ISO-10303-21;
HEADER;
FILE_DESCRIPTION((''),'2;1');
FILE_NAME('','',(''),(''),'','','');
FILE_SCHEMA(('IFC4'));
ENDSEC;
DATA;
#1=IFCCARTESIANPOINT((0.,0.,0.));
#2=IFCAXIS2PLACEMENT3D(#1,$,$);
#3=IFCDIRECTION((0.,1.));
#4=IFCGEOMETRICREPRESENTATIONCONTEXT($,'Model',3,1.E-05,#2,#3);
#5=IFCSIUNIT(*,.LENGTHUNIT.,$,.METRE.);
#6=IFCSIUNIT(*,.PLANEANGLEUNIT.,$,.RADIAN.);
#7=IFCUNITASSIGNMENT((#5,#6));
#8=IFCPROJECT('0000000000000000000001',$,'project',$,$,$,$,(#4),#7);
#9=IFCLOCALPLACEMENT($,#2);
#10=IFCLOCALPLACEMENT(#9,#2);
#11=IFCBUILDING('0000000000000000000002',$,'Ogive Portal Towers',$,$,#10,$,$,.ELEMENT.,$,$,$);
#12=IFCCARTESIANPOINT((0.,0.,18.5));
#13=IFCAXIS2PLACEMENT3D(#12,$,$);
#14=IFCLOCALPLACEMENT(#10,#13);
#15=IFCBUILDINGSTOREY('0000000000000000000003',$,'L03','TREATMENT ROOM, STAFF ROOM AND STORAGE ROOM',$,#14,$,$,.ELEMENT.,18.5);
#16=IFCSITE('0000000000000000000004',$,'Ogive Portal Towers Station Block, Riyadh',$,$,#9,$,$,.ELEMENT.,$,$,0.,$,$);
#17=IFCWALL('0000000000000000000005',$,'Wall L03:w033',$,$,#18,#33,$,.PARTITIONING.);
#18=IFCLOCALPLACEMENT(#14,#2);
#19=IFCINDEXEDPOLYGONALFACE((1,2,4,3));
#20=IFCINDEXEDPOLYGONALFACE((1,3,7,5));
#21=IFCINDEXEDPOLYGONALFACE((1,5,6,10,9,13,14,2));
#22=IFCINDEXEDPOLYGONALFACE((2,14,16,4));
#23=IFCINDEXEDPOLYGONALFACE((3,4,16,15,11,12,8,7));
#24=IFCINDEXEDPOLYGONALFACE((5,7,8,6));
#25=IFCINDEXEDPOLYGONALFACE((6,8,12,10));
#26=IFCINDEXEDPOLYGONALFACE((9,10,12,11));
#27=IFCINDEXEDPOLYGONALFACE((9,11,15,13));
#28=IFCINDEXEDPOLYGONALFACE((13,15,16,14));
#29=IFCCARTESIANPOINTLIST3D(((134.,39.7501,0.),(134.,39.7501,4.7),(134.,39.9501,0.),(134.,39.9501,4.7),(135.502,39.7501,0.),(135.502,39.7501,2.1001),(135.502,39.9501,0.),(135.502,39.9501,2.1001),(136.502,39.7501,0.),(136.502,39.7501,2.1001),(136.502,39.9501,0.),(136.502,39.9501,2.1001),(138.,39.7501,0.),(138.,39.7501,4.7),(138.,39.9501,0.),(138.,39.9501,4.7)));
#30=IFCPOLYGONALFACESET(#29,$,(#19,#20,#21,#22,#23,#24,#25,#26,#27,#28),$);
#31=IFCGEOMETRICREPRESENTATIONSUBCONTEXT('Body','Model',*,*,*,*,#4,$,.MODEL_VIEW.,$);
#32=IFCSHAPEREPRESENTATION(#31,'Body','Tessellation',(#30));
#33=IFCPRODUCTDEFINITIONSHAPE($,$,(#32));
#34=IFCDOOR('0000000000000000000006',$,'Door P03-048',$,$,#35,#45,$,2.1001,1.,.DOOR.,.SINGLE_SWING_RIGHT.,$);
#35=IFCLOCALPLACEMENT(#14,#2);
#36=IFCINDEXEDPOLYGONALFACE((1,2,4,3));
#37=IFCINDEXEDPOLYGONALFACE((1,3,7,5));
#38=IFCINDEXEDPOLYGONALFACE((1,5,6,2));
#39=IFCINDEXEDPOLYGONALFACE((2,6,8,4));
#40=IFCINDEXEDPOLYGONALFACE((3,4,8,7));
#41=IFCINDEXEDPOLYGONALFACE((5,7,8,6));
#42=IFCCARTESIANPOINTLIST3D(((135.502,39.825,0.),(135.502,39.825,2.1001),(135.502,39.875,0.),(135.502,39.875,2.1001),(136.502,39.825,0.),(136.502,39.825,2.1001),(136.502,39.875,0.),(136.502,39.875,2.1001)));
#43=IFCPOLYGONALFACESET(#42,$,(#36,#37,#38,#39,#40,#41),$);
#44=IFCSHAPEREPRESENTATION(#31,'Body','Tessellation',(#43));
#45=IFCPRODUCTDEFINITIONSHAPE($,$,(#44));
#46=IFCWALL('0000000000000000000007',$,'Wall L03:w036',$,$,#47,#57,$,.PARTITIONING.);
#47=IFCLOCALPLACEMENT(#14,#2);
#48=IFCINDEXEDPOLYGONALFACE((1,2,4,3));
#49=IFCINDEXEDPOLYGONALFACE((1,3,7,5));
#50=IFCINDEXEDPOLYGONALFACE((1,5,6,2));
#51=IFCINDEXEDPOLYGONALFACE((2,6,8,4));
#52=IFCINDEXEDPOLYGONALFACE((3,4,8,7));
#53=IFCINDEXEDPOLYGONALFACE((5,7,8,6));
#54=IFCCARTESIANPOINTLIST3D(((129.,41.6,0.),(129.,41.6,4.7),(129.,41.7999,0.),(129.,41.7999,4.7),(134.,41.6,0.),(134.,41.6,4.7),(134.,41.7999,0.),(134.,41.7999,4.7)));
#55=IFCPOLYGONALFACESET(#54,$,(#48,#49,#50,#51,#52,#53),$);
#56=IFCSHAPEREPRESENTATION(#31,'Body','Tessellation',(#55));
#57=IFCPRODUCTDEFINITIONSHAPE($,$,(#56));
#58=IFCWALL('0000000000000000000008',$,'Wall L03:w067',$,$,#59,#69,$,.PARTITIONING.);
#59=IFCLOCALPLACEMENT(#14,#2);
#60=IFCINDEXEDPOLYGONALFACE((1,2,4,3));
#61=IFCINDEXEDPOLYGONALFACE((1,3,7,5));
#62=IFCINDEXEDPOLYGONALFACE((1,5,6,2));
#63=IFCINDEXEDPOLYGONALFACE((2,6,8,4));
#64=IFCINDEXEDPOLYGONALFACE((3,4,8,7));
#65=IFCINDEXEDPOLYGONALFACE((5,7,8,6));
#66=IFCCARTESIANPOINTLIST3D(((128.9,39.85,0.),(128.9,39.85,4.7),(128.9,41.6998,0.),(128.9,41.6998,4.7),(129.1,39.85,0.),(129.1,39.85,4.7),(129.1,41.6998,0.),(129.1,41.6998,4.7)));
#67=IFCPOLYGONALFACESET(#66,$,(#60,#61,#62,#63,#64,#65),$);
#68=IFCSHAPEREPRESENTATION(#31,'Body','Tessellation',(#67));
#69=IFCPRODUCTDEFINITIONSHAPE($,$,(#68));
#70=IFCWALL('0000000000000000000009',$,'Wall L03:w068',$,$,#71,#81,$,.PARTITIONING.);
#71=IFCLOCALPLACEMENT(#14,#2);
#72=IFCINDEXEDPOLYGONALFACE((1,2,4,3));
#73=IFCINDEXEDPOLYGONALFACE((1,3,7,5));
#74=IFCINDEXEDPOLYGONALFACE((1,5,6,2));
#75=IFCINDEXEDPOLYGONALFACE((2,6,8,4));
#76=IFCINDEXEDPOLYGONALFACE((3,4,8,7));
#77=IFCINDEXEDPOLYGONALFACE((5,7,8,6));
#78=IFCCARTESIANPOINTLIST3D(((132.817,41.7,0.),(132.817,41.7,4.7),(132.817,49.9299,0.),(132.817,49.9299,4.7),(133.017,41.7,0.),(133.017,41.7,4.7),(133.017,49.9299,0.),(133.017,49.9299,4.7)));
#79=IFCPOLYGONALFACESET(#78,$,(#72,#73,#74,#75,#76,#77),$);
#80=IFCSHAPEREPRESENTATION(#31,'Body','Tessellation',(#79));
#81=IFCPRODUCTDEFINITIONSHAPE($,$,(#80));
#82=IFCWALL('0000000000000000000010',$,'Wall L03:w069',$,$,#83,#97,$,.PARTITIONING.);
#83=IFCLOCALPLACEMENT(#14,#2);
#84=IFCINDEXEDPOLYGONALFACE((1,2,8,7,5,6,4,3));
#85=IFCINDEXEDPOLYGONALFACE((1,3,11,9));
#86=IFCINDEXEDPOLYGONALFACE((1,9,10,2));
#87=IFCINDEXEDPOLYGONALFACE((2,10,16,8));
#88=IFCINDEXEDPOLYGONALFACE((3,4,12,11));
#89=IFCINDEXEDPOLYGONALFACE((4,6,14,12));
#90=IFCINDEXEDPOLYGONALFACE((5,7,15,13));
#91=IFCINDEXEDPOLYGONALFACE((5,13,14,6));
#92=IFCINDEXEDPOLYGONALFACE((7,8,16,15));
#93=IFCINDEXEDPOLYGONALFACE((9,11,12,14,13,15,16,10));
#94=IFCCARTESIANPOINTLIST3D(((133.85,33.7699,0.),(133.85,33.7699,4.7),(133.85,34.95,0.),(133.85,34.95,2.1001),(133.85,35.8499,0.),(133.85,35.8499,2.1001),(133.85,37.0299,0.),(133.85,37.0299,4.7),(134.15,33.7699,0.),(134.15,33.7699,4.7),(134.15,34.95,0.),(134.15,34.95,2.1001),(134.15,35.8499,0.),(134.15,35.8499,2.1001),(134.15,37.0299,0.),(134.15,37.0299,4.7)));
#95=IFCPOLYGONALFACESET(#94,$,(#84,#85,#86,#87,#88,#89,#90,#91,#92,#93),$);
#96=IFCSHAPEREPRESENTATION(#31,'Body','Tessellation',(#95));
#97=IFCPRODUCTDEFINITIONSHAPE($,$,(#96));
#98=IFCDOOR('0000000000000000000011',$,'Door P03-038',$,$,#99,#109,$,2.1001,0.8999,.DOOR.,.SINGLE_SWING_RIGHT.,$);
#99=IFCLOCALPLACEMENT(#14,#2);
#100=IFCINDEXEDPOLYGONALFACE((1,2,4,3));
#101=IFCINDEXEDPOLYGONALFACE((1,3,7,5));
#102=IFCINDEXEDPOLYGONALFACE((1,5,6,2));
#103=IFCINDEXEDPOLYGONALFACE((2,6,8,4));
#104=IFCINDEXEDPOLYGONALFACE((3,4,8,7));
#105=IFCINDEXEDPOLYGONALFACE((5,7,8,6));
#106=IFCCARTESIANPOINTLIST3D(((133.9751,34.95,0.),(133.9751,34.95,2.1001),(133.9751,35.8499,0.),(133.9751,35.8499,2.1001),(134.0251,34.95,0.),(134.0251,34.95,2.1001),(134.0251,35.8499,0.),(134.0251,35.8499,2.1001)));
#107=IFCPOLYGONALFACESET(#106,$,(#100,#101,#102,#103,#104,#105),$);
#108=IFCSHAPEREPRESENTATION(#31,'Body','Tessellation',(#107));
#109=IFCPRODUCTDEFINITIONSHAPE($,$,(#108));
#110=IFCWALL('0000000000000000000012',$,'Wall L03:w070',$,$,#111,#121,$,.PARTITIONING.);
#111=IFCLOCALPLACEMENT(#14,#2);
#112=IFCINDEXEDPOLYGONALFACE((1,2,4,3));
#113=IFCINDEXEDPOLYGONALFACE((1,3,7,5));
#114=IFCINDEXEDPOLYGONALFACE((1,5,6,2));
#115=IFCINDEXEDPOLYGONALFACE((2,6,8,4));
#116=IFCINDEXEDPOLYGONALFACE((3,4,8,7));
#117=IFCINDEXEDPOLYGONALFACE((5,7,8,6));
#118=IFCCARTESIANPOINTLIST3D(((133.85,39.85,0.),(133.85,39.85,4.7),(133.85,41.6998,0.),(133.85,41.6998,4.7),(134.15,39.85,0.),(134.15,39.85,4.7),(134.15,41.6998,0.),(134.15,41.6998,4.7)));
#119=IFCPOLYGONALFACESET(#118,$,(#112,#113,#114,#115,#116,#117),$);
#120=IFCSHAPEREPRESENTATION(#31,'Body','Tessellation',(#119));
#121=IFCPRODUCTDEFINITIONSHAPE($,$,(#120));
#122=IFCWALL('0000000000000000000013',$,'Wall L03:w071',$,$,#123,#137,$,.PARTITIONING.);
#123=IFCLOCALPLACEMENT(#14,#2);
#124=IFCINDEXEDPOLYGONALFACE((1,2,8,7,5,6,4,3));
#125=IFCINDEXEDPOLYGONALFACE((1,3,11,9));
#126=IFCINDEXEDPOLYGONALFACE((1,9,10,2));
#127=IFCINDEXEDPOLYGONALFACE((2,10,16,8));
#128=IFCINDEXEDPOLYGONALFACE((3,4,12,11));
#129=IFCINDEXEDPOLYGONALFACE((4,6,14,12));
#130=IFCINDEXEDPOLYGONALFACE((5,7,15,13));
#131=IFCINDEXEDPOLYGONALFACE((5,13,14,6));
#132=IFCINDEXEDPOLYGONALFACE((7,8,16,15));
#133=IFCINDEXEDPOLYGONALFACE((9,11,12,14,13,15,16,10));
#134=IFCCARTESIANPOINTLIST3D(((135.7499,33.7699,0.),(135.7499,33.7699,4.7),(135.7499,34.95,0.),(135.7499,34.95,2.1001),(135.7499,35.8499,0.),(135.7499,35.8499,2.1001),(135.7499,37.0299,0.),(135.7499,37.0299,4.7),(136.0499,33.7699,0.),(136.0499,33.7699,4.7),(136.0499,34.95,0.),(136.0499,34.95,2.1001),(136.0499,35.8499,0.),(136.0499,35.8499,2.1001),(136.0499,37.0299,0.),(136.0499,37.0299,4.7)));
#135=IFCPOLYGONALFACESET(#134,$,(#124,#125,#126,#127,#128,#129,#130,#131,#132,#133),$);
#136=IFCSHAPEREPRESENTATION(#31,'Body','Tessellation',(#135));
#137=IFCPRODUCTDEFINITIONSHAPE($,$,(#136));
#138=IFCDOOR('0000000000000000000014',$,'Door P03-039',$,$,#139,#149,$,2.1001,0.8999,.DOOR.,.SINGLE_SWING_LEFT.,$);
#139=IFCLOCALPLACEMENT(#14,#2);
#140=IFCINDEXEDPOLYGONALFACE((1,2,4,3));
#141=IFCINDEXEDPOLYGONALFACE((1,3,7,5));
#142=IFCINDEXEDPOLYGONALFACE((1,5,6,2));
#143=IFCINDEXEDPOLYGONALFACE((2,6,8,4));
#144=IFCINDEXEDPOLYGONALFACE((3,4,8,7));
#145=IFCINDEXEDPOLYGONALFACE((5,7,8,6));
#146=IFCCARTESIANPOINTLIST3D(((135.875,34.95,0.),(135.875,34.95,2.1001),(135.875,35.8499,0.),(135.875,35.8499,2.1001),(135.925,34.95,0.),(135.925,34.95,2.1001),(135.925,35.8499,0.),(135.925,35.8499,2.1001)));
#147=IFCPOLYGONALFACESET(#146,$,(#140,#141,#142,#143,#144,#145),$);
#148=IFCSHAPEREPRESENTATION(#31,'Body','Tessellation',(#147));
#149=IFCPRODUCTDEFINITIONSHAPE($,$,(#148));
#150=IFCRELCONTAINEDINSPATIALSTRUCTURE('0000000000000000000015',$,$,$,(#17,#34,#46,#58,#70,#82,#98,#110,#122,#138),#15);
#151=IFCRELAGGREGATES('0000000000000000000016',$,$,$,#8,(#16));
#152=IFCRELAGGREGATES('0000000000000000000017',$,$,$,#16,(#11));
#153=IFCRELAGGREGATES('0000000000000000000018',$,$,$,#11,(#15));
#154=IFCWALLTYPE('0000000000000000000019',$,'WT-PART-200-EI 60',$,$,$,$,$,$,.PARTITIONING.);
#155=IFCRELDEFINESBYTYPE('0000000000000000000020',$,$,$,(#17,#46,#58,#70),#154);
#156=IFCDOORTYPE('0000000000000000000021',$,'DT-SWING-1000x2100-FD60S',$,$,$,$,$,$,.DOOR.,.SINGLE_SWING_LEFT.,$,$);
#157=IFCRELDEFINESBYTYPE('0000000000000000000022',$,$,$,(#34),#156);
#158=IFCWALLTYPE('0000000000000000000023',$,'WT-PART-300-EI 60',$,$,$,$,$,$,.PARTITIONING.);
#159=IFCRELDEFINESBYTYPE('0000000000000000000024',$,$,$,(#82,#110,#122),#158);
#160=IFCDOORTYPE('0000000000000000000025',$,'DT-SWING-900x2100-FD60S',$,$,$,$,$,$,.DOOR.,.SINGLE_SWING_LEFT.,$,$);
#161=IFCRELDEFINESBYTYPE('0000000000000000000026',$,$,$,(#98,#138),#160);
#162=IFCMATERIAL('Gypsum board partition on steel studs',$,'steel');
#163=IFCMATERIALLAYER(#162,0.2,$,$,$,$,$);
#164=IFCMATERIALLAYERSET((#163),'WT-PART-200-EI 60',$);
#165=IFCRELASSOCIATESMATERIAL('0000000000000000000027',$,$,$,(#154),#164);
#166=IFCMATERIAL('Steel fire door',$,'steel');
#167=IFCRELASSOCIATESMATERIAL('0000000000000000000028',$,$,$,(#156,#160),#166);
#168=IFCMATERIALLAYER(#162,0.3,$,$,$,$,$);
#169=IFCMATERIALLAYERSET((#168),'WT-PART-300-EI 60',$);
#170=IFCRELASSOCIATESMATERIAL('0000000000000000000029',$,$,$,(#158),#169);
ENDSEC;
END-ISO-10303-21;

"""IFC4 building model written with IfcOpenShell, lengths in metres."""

from ifc_helpers import new_model, si_unit, direction, frame, frame_2d, origin, place, context, subcontext, project, spatial, rectangle, extrude, material, layer, layer_set, type_object, element, fill, save


model = new_model("IFC4")

# Units and contexts
model_context = context("Model", 3, precision=1e-05, world=origin(), true_north=direction((0.0, 1.0)))
body_context = subcontext(model_context, "Body", "Model", "MODEL_VIEW")
ifc_project = project(units=[si_unit("LENGTHUNIT", "METRE"), si_unit("PLANEANGLEUNIT", "RADIAN")], contexts=[model_context])

# Site, building, storey
site_placement = place(None, origin())
site = spatial("IfcSite", under=ifc_project, at=site_placement, Name="Ogive Portal Towers Station Block, Riyadh", CompositionType="ELEMENT", RefElevation=0.0)
building_placement = place(site_placement, origin())
building = spatial("IfcBuilding", under=site, at=building_placement, Name="Ogive Portal Towers", CompositionType="ELEMENT")
storey_placement = place(building_placement, frame((0.0, 0.0, 18.5)))
storey = spatial("IfcBuildingStorey", under=building, at=storey_placement, Name="L03", Description="TREATMENT ROOM, STAFF ROOM AND STORAGE ROOM", CompositionType="ELEMENT", Elevation=18.5)

# Shared definitions
ifc_material_1 = material(Name="Steel fire door", Category="steel")

# Wall, opening, door
ifc_material_2 = material(Name="Gypsum board partition on steel studs", Category="steel")
ifc_layer_1 = layer(ifc_material_2, 0.2)
ifc_layer_set_1 = layer_set([ifc_layer_1], Name="WT-PART-200-EI 60")
wall_type_1 = type_object("IfcWallType", Name="WT-PART-200-EI 60", PredefinedType="PARTITIONING", material=ifc_layer_set_1)
wall_1_placement = place(storey_placement, frame((134.0, 39.8501, 0.0), z_axis=(0.0, 0.0, 1.0), x_axis=(1.0, 0.0, 0.0)))
wall_1 = element("IfcWall", 1, at=wall_1_placement, inside=storey, type_object=wall_type_1, Name="Wall L03:w033", PredefinedType="PARTITIONING", context=body_context, shape_type="SweptSolid", body=[
    extrude(rectangle(XDim=4.0, YDim=0.2, at=frame_2d((2.0, 0.0))), origin(), (0.0, 0.0, 1.0), 4.7),
])
opening_1_placement = place(wall_1_placement, frame((1.502, 0.0, 0.0)))
opening_1 = element("IfcOpeningElement", 2, at=opening_1_placement, cuts=wall_1, PredefinedType="OPENING", context=body_context, shape_type="SweptSolid", body=[
    extrude(rectangle(XDim=1.0, YDim=2.1001, at=frame_2d((0.5, 1.05))), frame((0.0, 0.1099, 0.0), z_axis=(0.0, -1.0, 0.0), x_axis=(1.0, 0.0, 0.0)), (0.0, 0.0, 1.0), 0.22),
])
door_type_1 = type_object("IfcDoorType", Name="DT-SWING-1000x2100-FD60S", OperationType="SINGLE_SWING_LEFT", PredefinedType="DOOR", material=ifc_material_1)
door_1_placement = place(opening_1_placement, origin())
door_1 = element("IfcDoor", 3, at=door_1_placement, inside=storey, type_object=door_type_1, Name="Door P03-048", OperationType="SINGLE_SWING_RIGHT", OverallHeight=2.1001, OverallWidth=1.0, PredefinedType="DOOR", context=body_context, shape_type="SweptSolid", body=[
    extrude(rectangle(XDim=1.0, YDim=2.1001, at=frame_2d((0.5, 1.05))), frame((0.0, 0.0249, 0.0), z_axis=(0.0, -1.0, 0.0), x_axis=(1.0, 0.0, 0.0)), (0.0, 0.0, 1.0), 0.05),
])
fill(opening_1, door_1)

# Walls
wall_2_placement = place(storey_placement, frame((129.0, 41.7, 0.0), z_axis=(0.0, 0.0, 1.0), x_axis=(1.0, 0.0, 0.0)))
element("IfcWall", 4, at=wall_2_placement, inside=storey, type_object=wall_type_1, Name="Wall L03:w036", PredefinedType="PARTITIONING", context=body_context, shape_type="SweptSolid", body=[
    extrude(rectangle(XDim=5.0, YDim=0.2, at=frame_2d((2.5, 0.0))), origin(), (0.0, 0.0, 1.0), 4.7),
])
wall_3_placement = place(storey_placement, frame((129.0, 39.8501, 0.0), z_axis=(0.0, 0.0, 1.0), x_axis=(0.0, 1.0, 0.0)))
element("IfcWall", 5, at=wall_3_placement, inside=storey, type_object=wall_type_1, Name="Wall L03:w067", PredefinedType="PARTITIONING", context=body_context, shape_type="SweptSolid", body=[
    extrude(rectangle(XDim=1.8499, YDim=0.2, at=frame_2d((0.9248, 0.0))), origin(), (0.0, 0.0, 1.0), 4.7),
])
wall_4_placement = place(storey_placement, frame((132.917, 41.7, 0.0), z_axis=(0.0, 0.0, 1.0), x_axis=(0.0, 1.0, 0.0)))
element("IfcWall", 6, at=wall_4_placement, inside=storey, type_object=wall_type_1, Name="Wall L03:w068", PredefinedType="PARTITIONING", context=body_context, shape_type="SweptSolid", body=[
    extrude(rectangle(XDim=8.23, YDim=0.2, at=frame_2d((4.115, 0.0))), origin(), (0.0, 0.0, 1.0), 4.7),
])

# Wall, opening, door
ifc_layer_2 = layer(ifc_material_2, 0.3)
ifc_layer_set_2 = layer_set([ifc_layer_2], Name="WT-PART-300-EI 60")
wall_type_2 = type_object("IfcWallType", Name="WT-PART-300-EI 60", PredefinedType="PARTITIONING", material=ifc_layer_set_2)
wall_5_placement = place(storey_placement, frame((134.0, 33.77, 0.0), z_axis=(0.0, 0.0, 1.0), x_axis=(0.0, 1.0, 0.0)))
wall_5 = element("IfcWall", 7, at=wall_5_placement, inside=storey, type_object=wall_type_2, Name="Wall L03:w069", PredefinedType="PARTITIONING", context=body_context, shape_type="SweptSolid", body=[
    extrude(rectangle(XDim=3.26, YDim=0.3, at=frame_2d((1.6299, 0.0))), origin(), (0.0, 0.0, 1.0), 4.7),
])
opening_2_placement = place(wall_5_placement, frame((1.1799, 0.0, 0.0)))
opening_2 = element("IfcOpeningElement", 8, at=opening_2_placement, cuts=wall_5, PredefinedType="OPENING", context=body_context, shape_type="SweptSolid", body=[
    extrude(rectangle(XDim=0.8999, YDim=2.1001, at=frame_2d((0.45, 1.05))), frame((0.0, 0.1602, 0.0), z_axis=(0.0, -1.0, 0.0), x_axis=(1.0, 0.0, 0.0)), (0.0, 0.0, 1.0), 0.3201),
])
door_type_2 = type_object("IfcDoorType", Name="DT-SWING-900x2100-FD60S", OperationType="SINGLE_SWING_LEFT", PredefinedType="DOOR", material=ifc_material_1)
door_2_placement = place(opening_2_placement, origin())
door_2 = element("IfcDoor", 9, at=door_2_placement, inside=storey, type_object=door_type_2, Name="Door P03-038", OperationType="SINGLE_SWING_RIGHT", OverallHeight=2.1001, OverallWidth=0.8999, PredefinedType="DOOR", context=body_context, shape_type="SweptSolid", body=[
    extrude(rectangle(XDim=0.8999, YDim=2.1001, at=frame_2d((0.45, 1.05))), frame((0.0, 0.0249, 0.0), z_axis=(0.0, -1.0, 0.0), x_axis=(1.0, 0.0, 0.0)), (0.0, 0.0, 1.0), 0.05),
])
fill(opening_2, door_2)

# Wall
wall_6_placement = place(storey_placement, frame((134.0, 39.8501, 0.0), z_axis=(0.0, 0.0, 1.0), x_axis=(0.0, 1.0, 0.0)))
element("IfcWall", 10, at=wall_6_placement, inside=storey, type_object=wall_type_2, Name="Wall L03:w070", PredefinedType="PARTITIONING", context=body_context, shape_type="SweptSolid", body=[
    extrude(rectangle(XDim=1.8499, YDim=0.3, at=frame_2d((0.9248, 0.0))), origin(), (0.0, 0.0, 1.0), 4.7),
])

# Wall, opening, door
wall_7_placement = place(storey_placement, frame((135.8999, 33.77, 0.0), z_axis=(0.0, 0.0, 1.0), x_axis=(0.0, 1.0, 0.0)))
wall_7 = element("IfcWall", 11, at=wall_7_placement, inside=storey, type_object=wall_type_2, Name="Wall L03:w071", PredefinedType="PARTITIONING", context=body_context, shape_type="SweptSolid", body=[
    extrude(rectangle(XDim=3.26, YDim=0.3, at=frame_2d((1.6299, 0.0))), origin(), (0.0, 0.0, 1.0), 4.7),
])
opening_3_placement = place(wall_7_placement, frame((1.1799, 0.0, 0.0)))
opening_3 = element("IfcOpeningElement", 12, at=opening_3_placement, cuts=wall_7, PredefinedType="OPENING", context=body_context, shape_type="SweptSolid", body=[
    extrude(rectangle(XDim=0.8999, YDim=2.1001, at=frame_2d((0.45, 1.05))), frame((0.0, 0.1602, 0.0), z_axis=(0.0, -1.0, 0.0), x_axis=(1.0, 0.0, 0.0)), (0.0, 0.0, 1.0), 0.3201),
])
door_3_placement = place(opening_3_placement, origin())
door_3 = element("IfcDoor", 13, at=door_3_placement, inside=storey, type_object=door_type_2, Name="Door P03-039", OperationType="SINGLE_SWING_LEFT", OverallHeight=2.1001, OverallWidth=0.8999, PredefinedType="DOOR", context=body_context, shape_type="SweptSolid", body=[
    extrude(rectangle(XDim=0.8999, YDim=2.1001, at=frame_2d((0.45, 1.05))), frame((0.0, 0.0249, 0.0), z_axis=(0.0, -1.0, 0.0), x_axis=(1.0, 0.0, 0.0)), (0.0, 0.0, 1.0), 0.05),
])
fill(opening_3, door_3)

save(model, "model.ifc")
